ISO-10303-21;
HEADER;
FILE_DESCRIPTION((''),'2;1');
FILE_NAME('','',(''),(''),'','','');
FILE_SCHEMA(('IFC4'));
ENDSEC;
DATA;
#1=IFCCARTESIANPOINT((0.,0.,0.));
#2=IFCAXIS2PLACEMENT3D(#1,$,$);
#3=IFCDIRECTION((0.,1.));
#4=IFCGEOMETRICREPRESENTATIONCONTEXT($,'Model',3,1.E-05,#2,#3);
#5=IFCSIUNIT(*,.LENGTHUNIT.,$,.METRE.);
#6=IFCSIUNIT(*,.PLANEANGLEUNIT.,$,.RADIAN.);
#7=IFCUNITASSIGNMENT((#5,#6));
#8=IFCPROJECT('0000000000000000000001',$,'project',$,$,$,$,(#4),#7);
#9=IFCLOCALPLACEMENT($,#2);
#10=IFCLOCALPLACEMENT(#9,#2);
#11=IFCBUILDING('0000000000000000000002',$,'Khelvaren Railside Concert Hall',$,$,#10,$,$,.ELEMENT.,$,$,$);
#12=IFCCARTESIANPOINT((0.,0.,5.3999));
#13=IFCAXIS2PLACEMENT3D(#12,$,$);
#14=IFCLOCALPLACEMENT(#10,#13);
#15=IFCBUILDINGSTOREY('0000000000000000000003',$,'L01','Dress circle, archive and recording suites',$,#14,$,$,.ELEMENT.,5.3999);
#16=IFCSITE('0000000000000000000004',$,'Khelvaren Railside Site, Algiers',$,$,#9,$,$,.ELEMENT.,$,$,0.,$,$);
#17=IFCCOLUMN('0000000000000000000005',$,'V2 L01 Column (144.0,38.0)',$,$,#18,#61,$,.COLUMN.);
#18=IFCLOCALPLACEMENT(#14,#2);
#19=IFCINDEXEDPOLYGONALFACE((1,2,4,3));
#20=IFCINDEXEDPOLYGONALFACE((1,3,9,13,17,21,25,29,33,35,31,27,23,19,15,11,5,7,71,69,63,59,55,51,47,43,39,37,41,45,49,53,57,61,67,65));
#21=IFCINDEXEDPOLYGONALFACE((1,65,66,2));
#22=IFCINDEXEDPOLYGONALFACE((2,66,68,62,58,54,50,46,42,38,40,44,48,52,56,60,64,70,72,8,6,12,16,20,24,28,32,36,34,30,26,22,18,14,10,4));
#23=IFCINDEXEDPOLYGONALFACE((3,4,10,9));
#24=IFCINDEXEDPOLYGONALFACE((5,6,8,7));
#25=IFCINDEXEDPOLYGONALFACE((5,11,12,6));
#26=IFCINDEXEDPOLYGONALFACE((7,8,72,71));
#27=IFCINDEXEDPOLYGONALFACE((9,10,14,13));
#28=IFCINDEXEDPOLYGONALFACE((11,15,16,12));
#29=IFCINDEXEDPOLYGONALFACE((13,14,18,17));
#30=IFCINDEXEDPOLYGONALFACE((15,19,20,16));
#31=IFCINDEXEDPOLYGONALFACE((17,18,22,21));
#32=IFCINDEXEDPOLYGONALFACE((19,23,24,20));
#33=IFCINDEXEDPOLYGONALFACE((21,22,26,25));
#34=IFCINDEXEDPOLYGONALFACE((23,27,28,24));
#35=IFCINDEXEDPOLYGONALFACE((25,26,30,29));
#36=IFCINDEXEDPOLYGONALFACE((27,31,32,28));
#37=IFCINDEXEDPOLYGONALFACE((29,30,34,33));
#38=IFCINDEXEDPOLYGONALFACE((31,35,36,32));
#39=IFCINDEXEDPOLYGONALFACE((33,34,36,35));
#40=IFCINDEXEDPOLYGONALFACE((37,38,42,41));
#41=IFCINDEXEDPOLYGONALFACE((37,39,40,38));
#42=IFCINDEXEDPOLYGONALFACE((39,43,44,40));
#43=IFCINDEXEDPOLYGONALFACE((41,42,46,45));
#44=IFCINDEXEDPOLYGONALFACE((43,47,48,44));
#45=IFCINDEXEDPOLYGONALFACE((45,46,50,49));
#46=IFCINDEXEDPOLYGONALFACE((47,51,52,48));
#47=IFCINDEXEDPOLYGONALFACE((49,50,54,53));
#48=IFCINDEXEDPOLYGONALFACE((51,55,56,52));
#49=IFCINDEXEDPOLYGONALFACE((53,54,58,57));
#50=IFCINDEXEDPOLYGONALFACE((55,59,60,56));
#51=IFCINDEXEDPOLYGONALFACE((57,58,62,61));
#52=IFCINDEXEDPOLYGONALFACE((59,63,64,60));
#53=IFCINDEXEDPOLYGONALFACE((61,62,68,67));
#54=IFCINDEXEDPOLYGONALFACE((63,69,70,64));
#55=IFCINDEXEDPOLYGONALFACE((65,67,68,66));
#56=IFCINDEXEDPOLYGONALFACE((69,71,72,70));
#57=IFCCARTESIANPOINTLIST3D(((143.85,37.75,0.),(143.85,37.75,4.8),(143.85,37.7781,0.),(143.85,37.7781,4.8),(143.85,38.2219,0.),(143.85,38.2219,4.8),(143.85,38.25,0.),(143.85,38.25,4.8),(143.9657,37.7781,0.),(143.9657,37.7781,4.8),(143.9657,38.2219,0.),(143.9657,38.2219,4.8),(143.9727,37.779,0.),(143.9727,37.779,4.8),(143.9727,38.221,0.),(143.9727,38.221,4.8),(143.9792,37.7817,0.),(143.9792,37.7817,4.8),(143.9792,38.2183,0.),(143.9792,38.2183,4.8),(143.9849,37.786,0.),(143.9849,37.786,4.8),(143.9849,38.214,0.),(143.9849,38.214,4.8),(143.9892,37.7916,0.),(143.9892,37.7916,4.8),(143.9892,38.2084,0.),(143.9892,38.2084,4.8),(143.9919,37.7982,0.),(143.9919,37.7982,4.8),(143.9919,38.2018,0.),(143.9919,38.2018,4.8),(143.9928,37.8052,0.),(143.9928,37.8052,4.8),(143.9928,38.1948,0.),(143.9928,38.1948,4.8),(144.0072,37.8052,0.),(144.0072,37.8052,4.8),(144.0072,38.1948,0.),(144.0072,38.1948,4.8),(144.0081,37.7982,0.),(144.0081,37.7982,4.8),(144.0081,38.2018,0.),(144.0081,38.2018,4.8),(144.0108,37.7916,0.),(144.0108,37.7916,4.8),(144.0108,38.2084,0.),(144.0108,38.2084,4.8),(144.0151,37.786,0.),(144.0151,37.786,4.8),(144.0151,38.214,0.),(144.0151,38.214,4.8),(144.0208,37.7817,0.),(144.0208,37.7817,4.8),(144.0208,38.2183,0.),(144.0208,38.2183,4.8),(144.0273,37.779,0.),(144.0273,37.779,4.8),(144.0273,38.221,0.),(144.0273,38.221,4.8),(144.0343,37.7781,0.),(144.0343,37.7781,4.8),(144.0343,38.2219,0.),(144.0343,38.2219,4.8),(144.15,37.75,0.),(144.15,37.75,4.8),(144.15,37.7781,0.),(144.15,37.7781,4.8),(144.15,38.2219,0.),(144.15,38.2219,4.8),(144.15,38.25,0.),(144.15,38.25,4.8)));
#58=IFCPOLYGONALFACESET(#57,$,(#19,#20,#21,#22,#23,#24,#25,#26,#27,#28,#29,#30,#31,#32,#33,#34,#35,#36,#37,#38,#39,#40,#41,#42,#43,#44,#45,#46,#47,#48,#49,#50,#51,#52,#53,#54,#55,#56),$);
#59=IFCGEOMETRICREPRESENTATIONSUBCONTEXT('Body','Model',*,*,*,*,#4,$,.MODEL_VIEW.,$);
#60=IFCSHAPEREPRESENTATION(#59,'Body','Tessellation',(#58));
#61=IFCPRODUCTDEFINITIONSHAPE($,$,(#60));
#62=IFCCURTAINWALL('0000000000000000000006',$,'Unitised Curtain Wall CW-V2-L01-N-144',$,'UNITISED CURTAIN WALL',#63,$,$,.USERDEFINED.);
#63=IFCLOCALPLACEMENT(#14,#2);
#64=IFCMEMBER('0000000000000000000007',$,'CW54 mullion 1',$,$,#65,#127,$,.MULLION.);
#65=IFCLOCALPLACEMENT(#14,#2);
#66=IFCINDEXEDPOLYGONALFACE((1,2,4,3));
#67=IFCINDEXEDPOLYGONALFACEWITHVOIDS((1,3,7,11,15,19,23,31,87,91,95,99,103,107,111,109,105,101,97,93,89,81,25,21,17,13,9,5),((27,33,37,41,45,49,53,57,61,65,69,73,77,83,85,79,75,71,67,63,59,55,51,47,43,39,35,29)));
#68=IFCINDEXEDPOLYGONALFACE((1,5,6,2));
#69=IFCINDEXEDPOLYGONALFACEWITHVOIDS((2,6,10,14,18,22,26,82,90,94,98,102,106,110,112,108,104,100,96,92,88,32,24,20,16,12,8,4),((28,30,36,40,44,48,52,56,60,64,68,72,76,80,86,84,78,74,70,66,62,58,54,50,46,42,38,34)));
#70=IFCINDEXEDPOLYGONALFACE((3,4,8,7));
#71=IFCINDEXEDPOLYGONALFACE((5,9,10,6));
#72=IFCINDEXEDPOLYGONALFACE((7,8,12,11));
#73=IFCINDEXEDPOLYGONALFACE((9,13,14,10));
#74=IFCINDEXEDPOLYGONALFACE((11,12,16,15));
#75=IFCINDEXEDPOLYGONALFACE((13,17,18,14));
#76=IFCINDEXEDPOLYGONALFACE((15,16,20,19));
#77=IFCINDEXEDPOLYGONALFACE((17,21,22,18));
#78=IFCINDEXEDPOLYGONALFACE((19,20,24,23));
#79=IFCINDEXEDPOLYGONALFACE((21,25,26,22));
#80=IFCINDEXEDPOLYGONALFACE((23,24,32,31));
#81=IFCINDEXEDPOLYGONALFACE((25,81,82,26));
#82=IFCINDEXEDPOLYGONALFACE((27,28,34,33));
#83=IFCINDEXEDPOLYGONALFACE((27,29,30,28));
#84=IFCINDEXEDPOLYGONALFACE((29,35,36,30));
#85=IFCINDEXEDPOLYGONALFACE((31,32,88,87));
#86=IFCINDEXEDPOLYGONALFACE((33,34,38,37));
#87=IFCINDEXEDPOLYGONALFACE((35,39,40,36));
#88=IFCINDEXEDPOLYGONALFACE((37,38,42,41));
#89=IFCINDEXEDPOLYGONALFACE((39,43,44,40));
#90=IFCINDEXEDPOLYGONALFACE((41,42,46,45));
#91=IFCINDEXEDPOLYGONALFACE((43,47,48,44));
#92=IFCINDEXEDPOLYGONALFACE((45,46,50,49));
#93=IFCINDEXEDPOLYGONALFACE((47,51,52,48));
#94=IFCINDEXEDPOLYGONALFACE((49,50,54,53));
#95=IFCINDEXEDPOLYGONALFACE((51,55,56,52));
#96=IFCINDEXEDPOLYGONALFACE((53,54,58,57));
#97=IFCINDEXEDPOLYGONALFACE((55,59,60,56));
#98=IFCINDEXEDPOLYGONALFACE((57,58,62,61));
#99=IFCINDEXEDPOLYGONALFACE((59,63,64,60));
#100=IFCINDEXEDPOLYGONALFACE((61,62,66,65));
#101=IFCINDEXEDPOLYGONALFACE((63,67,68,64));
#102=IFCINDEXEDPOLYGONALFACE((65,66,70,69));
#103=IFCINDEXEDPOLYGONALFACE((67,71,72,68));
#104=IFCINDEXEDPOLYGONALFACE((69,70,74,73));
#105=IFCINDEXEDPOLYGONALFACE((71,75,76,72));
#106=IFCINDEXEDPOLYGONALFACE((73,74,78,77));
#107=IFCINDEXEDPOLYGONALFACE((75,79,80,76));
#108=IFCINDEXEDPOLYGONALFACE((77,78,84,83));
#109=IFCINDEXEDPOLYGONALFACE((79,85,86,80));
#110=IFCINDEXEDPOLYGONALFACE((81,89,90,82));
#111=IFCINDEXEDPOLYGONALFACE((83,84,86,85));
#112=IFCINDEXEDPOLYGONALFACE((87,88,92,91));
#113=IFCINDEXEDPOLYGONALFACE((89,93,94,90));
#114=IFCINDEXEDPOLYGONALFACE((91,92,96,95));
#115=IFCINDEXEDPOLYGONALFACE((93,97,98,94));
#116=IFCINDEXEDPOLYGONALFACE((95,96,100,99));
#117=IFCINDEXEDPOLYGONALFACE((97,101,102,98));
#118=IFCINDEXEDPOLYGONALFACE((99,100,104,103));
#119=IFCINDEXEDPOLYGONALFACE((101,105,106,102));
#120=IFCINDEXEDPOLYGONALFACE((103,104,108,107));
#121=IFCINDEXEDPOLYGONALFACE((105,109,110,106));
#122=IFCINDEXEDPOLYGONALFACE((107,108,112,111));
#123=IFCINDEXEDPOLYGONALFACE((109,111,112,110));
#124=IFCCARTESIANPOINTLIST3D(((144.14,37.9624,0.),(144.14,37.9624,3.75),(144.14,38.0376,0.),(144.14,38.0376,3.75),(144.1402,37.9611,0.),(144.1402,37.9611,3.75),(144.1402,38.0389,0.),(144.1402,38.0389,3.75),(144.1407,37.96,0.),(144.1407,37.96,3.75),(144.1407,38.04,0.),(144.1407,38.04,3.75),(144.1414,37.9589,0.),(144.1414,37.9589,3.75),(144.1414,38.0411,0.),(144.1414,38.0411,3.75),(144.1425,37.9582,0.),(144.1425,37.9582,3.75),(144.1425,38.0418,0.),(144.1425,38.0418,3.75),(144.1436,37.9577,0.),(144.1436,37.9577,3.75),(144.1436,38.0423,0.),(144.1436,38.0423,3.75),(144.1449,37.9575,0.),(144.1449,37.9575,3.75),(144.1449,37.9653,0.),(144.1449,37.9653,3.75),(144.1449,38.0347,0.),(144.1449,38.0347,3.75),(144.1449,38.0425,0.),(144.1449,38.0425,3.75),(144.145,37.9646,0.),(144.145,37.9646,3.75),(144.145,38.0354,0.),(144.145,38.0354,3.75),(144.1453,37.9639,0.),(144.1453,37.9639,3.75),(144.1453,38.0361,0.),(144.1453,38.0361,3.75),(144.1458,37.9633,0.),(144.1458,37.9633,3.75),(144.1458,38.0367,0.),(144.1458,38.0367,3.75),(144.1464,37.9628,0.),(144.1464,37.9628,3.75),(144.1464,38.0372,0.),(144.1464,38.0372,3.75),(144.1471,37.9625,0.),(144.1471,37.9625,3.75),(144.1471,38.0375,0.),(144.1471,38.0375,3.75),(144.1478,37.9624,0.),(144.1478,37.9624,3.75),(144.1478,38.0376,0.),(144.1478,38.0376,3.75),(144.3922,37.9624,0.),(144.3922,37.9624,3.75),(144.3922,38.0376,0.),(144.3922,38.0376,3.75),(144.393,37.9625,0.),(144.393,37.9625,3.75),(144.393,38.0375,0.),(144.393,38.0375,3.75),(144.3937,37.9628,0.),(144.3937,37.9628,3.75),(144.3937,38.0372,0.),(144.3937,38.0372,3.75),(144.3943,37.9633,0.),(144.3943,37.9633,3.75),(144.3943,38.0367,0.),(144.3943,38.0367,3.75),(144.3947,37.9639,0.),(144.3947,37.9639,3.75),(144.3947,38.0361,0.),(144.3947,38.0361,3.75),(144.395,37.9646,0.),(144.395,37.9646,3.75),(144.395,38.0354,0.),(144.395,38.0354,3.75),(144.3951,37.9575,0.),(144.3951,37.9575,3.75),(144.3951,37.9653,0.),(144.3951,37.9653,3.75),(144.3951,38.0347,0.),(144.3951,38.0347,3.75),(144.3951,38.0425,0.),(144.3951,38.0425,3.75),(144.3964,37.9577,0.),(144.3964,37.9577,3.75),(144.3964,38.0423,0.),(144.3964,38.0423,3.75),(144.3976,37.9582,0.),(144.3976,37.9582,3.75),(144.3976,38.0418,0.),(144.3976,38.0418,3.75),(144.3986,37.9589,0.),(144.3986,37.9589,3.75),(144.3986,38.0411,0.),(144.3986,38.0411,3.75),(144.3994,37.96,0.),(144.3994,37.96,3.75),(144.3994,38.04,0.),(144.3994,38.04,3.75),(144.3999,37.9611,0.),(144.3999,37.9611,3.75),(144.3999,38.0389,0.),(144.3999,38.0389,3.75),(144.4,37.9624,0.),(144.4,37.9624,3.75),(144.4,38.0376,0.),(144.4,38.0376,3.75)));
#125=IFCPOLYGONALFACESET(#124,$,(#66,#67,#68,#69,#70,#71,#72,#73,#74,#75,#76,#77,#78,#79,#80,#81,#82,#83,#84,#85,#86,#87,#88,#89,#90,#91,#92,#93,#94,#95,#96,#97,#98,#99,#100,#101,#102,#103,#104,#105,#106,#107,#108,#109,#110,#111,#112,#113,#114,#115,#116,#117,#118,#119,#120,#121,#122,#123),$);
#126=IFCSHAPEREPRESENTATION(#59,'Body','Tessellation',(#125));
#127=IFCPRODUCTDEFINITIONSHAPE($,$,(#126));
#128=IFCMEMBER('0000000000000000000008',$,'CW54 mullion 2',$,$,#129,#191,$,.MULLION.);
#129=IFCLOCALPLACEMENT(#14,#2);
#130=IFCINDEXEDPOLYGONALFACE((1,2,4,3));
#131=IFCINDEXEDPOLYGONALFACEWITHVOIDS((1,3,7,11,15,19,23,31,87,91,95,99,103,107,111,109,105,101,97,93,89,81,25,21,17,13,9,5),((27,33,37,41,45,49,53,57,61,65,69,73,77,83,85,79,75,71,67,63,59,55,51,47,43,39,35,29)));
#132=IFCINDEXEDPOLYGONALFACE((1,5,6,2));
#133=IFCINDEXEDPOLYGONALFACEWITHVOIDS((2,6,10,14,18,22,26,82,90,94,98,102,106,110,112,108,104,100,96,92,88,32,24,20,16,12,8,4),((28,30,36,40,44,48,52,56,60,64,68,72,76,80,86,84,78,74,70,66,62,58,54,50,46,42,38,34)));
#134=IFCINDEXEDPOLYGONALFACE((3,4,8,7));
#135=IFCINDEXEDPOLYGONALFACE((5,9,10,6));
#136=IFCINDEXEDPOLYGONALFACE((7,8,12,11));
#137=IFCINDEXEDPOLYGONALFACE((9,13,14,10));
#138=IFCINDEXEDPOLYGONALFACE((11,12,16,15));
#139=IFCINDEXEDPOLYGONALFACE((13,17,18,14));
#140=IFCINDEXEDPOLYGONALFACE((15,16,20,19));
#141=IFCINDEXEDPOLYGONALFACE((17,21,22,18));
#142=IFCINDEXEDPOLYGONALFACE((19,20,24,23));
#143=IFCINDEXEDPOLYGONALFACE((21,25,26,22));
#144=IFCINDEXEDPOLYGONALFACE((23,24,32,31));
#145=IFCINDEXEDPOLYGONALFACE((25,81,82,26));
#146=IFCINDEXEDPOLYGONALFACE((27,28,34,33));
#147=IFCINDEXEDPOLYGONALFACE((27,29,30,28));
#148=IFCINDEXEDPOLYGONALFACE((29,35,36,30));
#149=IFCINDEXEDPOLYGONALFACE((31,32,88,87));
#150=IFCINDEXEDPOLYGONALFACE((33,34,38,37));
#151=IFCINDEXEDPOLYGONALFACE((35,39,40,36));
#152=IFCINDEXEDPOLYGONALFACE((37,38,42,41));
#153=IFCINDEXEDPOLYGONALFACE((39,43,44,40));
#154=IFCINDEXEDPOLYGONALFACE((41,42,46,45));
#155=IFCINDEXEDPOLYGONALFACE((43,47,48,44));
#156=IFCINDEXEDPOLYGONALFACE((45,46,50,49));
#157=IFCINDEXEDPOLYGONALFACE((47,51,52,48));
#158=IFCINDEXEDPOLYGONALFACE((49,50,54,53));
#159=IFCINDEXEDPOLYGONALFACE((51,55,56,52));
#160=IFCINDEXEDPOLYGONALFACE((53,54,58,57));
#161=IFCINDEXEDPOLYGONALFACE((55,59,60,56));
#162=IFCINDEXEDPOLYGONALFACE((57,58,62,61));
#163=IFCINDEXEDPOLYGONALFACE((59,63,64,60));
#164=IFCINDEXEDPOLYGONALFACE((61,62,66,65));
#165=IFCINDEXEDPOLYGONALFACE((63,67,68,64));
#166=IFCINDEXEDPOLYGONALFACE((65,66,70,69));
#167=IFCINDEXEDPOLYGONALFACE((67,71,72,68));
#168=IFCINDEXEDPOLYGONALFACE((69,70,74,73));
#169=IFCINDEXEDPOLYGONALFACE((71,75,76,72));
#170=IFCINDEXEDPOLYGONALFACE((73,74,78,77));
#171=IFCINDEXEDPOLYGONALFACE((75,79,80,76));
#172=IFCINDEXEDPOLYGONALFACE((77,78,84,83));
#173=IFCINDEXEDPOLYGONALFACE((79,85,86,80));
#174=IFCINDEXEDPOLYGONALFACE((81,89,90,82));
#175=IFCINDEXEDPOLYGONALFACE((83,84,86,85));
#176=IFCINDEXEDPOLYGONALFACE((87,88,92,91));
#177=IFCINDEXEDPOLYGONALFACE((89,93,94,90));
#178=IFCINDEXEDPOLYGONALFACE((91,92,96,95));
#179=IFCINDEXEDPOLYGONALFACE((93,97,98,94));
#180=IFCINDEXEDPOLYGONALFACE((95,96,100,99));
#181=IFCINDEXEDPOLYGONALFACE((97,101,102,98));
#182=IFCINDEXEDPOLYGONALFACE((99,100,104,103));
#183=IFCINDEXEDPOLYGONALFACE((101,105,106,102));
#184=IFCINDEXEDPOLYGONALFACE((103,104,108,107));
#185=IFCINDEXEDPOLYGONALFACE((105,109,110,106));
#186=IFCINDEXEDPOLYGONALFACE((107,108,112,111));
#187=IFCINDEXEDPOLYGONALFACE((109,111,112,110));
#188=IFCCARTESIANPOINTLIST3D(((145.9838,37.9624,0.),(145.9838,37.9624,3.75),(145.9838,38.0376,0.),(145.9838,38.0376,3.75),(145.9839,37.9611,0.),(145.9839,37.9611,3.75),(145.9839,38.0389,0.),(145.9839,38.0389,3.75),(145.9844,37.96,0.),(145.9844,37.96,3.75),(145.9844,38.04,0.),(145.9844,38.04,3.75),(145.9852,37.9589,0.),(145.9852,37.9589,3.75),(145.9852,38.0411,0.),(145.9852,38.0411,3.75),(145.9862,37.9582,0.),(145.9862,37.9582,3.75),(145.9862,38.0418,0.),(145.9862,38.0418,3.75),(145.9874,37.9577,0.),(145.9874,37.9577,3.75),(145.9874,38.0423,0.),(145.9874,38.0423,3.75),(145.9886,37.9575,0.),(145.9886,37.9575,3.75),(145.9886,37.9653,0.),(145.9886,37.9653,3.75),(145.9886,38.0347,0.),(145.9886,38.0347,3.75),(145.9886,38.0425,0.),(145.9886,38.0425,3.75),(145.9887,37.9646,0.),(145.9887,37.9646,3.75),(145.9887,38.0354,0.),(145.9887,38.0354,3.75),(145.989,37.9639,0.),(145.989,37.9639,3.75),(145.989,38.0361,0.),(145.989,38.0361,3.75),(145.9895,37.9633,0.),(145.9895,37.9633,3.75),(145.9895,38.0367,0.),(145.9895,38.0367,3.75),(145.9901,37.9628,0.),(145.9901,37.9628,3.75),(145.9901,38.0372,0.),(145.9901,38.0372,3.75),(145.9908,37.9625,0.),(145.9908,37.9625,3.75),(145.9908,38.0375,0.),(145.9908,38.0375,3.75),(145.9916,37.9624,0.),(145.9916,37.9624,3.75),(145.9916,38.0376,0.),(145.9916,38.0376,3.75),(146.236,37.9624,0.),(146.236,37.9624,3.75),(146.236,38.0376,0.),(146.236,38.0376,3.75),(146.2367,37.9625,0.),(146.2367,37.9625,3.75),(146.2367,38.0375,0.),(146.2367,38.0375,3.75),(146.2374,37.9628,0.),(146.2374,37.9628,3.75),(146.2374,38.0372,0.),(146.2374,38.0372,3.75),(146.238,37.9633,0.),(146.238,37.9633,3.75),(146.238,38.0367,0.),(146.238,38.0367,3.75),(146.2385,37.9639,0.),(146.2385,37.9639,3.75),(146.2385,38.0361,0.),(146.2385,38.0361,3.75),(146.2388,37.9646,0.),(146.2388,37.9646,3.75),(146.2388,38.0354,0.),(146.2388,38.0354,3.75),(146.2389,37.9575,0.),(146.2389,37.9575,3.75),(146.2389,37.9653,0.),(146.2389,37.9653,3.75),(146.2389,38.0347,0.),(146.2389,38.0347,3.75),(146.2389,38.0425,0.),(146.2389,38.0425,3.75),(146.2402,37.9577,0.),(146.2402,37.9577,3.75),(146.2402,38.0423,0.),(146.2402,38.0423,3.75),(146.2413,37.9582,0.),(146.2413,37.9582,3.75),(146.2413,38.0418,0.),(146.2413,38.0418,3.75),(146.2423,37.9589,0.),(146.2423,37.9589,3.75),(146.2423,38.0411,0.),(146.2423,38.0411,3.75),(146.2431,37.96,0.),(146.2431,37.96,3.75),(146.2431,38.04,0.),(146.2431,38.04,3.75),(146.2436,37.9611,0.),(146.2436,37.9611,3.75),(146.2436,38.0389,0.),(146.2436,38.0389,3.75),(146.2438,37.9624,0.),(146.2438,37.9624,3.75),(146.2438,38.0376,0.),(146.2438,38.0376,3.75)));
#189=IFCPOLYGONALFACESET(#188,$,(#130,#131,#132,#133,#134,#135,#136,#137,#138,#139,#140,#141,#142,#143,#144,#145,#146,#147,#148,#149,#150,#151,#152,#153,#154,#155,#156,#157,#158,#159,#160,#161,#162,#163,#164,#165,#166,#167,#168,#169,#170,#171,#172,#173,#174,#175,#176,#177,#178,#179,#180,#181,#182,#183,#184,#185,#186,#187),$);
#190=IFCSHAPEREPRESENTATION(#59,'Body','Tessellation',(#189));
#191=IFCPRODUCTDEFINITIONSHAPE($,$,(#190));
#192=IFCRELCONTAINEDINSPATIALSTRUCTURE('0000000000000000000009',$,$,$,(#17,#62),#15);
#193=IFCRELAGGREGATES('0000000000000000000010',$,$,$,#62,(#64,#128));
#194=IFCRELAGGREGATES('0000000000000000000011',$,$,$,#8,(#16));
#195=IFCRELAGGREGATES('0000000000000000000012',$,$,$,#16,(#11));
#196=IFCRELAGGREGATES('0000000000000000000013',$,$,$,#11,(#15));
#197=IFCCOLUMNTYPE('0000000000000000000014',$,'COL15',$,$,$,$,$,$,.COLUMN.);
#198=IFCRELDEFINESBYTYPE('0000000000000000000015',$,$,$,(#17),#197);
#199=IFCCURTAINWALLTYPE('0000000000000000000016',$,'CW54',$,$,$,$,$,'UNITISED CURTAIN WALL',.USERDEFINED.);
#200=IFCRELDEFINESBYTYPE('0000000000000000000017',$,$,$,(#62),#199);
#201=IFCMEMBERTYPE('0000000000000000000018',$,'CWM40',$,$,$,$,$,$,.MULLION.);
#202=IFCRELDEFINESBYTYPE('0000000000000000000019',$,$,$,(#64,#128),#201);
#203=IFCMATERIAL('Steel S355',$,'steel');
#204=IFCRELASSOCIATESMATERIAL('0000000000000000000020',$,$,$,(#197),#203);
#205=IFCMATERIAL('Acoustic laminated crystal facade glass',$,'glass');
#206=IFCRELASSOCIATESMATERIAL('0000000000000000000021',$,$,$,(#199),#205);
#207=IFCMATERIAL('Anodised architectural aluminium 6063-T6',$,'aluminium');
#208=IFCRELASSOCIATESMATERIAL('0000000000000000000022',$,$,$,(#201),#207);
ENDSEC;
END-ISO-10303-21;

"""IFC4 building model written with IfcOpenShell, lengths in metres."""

from ifc_helpers import new_model, si_unit, direction, frame, origin, origin_2d, place, context, subcontext, project, spatial, hollow_rectangle, i_section, extrude, material, material_profile, profile_set, type_object, element, aggregate, save


model = new_model("IFC4")

# Units and contexts
model_context = context("Model", 3, precision=1e-05, world=origin(), true_north=direction((0.0, 1.0)))
body_context = subcontext(model_context, "Body", "Model", "MODEL_VIEW")
ifc_project = project(units=[si_unit("LENGTHUNIT", "METRE"), si_unit("PLANEANGLEUNIT", "RADIAN")], contexts=[model_context])

# Site, building, storey
site_placement = place(None, origin())
site = spatial("IfcSite", under=ifc_project, at=site_placement, Name="Khelvaren Railside Site, Algiers", CompositionType="ELEMENT", RefElevation=0.0)
building_placement = place(site_placement, origin())
building = spatial("IfcBuilding", under=site, at=building_placement, Name="Khelvaren Railside Concert Hall", CompositionType="ELEMENT")
storey_placement = place(building_placement, frame((0.0, 0.0, 5.3999)))
storey = spatial("IfcBuildingStorey", under=building, at=storey_placement, Name="L01", Description="Dress circle, archive and recording suites", CompositionType="ELEMENT", Elevation=5.3999)

# Column
ifc_material_1 = material(Name="Steel S355", Category="steel")
ifc_material_profile_1 = material_profile(ifc_material_1, i_section(OverallWidth=0.3, OverallDepth=0.5, WebThickness=0.0144, FlangeThickness=0.0281, FilletRadius=0.0271, at=origin_2d()), Name="HEB 500")
ifc_profile_set_1 = profile_set([ifc_material_profile_1], Name="Steel S355")
column_type = type_object("IfcColumnType", Name="COL15", PredefinedType="COLUMN", material=ifc_profile_set_1)
column_placement = place(storey_placement, frame((144.0, 38.0, 0.0), z_axis=(0.0, 0.0, 1.0), x_axis=(1.0, 0.0, 0.0)))
element("IfcColumn", 1, at=column_placement, inside=storey, type_object=column_type, Name="V2 L01 Column (144.0,38.0)", PredefinedType="COLUMN", context=body_context, shape_type="SweptSolid", body=[
    extrude(i_section(OverallWidth=0.3, OverallDepth=0.5, WebThickness=0.0144, FlangeThickness=0.0281, FilletRadius=0.0271, at=origin_2d()), origin(), (0.0, 0.0, 1.0), 4.8),
])

# Curtain wall, members
ifc_material_2 = material(Name="Acoustic laminated crystal facade glass", Category="glass")
curtain_wall_type_1 = type_object("IfcCurtainWallType", Name="CW54", ElementType="UNITISED CURTAIN WALL", PredefinedType="USERDEFINED", material=ifc_material_2)
curtain_wall_1_placement = place(storey_placement, origin())
curtain_wall_1 = element("IfcCurtainWall", 2, at=curtain_wall_1_placement, inside=storey, type_object=curtain_wall_type_1, Name="Unitised Curtain Wall CW-V2-L01-N-144", ObjectType="UNITISED CURTAIN WALL", PredefinedType="USERDEFINED")
ifc_material_3 = material(Name="Anodised architectural aluminium 6063-T6", Category="aluminium")
ifc_material_profile_2 = material_profile(ifc_material_3, hollow_rectangle(XDim=0.085, YDim=0.26, WallThickness=0.0049, InnerFilletRadius=0.0029, OuterFilletRadius=0.0049, at=origin_2d()), Name="CWM 85x260x5")
ifc_profile_set_2 = profile_set([ifc_material_profile_2], Name="Anodised architectural aluminium 6063-T6")
member_type_1 = type_object("IfcMemberType", Name="CWM40", PredefinedType="MULLION", material=ifc_profile_set_2)
member_1_placement = place(storey_placement, frame((144.27, 38.0, 0.0), z_axis=(0.0, 0.0, 1.0), x_axis=(0.0, 1.0, 0.0)))
member_1 = element("IfcMember", 3, at=member_1_placement, type_object=member_type_1, Name="CW54 mullion 1", PredefinedType="MULLION", context=body_context, shape_type="SweptSolid", body=[
    extrude(hollow_rectangle(XDim=0.085, YDim=0.26, WallThickness=0.0049, InnerFilletRadius=0.0029, OuterFilletRadius=0.0049, at=origin_2d()), origin(), (0.0, 0.0, 1.0), 3.75),
])
member_2_placement = place(storey_placement, frame((146.1138, 38.0, 0.0), z_axis=(0.0, 0.0, 1.0), x_axis=(0.0, 1.0, 0.0)))
member_2 = element("IfcMember", 4, at=member_2_placement, type_object=member_type_1, Name="CW54 mullion 2", PredefinedType="MULLION", context=body_context, shape_type="SweptSolid", body=[
    extrude(hollow_rectangle(XDim=0.085, YDim=0.26, WallThickness=0.0049, InnerFilletRadius=0.0029, OuterFilletRadius=0.0049, at=origin_2d()), origin(), (0.0, 0.0, 1.0), 3.75),
])

aggregate(curtain_wall_1, [member_1, member_2])

save(model, "model.ifc")
